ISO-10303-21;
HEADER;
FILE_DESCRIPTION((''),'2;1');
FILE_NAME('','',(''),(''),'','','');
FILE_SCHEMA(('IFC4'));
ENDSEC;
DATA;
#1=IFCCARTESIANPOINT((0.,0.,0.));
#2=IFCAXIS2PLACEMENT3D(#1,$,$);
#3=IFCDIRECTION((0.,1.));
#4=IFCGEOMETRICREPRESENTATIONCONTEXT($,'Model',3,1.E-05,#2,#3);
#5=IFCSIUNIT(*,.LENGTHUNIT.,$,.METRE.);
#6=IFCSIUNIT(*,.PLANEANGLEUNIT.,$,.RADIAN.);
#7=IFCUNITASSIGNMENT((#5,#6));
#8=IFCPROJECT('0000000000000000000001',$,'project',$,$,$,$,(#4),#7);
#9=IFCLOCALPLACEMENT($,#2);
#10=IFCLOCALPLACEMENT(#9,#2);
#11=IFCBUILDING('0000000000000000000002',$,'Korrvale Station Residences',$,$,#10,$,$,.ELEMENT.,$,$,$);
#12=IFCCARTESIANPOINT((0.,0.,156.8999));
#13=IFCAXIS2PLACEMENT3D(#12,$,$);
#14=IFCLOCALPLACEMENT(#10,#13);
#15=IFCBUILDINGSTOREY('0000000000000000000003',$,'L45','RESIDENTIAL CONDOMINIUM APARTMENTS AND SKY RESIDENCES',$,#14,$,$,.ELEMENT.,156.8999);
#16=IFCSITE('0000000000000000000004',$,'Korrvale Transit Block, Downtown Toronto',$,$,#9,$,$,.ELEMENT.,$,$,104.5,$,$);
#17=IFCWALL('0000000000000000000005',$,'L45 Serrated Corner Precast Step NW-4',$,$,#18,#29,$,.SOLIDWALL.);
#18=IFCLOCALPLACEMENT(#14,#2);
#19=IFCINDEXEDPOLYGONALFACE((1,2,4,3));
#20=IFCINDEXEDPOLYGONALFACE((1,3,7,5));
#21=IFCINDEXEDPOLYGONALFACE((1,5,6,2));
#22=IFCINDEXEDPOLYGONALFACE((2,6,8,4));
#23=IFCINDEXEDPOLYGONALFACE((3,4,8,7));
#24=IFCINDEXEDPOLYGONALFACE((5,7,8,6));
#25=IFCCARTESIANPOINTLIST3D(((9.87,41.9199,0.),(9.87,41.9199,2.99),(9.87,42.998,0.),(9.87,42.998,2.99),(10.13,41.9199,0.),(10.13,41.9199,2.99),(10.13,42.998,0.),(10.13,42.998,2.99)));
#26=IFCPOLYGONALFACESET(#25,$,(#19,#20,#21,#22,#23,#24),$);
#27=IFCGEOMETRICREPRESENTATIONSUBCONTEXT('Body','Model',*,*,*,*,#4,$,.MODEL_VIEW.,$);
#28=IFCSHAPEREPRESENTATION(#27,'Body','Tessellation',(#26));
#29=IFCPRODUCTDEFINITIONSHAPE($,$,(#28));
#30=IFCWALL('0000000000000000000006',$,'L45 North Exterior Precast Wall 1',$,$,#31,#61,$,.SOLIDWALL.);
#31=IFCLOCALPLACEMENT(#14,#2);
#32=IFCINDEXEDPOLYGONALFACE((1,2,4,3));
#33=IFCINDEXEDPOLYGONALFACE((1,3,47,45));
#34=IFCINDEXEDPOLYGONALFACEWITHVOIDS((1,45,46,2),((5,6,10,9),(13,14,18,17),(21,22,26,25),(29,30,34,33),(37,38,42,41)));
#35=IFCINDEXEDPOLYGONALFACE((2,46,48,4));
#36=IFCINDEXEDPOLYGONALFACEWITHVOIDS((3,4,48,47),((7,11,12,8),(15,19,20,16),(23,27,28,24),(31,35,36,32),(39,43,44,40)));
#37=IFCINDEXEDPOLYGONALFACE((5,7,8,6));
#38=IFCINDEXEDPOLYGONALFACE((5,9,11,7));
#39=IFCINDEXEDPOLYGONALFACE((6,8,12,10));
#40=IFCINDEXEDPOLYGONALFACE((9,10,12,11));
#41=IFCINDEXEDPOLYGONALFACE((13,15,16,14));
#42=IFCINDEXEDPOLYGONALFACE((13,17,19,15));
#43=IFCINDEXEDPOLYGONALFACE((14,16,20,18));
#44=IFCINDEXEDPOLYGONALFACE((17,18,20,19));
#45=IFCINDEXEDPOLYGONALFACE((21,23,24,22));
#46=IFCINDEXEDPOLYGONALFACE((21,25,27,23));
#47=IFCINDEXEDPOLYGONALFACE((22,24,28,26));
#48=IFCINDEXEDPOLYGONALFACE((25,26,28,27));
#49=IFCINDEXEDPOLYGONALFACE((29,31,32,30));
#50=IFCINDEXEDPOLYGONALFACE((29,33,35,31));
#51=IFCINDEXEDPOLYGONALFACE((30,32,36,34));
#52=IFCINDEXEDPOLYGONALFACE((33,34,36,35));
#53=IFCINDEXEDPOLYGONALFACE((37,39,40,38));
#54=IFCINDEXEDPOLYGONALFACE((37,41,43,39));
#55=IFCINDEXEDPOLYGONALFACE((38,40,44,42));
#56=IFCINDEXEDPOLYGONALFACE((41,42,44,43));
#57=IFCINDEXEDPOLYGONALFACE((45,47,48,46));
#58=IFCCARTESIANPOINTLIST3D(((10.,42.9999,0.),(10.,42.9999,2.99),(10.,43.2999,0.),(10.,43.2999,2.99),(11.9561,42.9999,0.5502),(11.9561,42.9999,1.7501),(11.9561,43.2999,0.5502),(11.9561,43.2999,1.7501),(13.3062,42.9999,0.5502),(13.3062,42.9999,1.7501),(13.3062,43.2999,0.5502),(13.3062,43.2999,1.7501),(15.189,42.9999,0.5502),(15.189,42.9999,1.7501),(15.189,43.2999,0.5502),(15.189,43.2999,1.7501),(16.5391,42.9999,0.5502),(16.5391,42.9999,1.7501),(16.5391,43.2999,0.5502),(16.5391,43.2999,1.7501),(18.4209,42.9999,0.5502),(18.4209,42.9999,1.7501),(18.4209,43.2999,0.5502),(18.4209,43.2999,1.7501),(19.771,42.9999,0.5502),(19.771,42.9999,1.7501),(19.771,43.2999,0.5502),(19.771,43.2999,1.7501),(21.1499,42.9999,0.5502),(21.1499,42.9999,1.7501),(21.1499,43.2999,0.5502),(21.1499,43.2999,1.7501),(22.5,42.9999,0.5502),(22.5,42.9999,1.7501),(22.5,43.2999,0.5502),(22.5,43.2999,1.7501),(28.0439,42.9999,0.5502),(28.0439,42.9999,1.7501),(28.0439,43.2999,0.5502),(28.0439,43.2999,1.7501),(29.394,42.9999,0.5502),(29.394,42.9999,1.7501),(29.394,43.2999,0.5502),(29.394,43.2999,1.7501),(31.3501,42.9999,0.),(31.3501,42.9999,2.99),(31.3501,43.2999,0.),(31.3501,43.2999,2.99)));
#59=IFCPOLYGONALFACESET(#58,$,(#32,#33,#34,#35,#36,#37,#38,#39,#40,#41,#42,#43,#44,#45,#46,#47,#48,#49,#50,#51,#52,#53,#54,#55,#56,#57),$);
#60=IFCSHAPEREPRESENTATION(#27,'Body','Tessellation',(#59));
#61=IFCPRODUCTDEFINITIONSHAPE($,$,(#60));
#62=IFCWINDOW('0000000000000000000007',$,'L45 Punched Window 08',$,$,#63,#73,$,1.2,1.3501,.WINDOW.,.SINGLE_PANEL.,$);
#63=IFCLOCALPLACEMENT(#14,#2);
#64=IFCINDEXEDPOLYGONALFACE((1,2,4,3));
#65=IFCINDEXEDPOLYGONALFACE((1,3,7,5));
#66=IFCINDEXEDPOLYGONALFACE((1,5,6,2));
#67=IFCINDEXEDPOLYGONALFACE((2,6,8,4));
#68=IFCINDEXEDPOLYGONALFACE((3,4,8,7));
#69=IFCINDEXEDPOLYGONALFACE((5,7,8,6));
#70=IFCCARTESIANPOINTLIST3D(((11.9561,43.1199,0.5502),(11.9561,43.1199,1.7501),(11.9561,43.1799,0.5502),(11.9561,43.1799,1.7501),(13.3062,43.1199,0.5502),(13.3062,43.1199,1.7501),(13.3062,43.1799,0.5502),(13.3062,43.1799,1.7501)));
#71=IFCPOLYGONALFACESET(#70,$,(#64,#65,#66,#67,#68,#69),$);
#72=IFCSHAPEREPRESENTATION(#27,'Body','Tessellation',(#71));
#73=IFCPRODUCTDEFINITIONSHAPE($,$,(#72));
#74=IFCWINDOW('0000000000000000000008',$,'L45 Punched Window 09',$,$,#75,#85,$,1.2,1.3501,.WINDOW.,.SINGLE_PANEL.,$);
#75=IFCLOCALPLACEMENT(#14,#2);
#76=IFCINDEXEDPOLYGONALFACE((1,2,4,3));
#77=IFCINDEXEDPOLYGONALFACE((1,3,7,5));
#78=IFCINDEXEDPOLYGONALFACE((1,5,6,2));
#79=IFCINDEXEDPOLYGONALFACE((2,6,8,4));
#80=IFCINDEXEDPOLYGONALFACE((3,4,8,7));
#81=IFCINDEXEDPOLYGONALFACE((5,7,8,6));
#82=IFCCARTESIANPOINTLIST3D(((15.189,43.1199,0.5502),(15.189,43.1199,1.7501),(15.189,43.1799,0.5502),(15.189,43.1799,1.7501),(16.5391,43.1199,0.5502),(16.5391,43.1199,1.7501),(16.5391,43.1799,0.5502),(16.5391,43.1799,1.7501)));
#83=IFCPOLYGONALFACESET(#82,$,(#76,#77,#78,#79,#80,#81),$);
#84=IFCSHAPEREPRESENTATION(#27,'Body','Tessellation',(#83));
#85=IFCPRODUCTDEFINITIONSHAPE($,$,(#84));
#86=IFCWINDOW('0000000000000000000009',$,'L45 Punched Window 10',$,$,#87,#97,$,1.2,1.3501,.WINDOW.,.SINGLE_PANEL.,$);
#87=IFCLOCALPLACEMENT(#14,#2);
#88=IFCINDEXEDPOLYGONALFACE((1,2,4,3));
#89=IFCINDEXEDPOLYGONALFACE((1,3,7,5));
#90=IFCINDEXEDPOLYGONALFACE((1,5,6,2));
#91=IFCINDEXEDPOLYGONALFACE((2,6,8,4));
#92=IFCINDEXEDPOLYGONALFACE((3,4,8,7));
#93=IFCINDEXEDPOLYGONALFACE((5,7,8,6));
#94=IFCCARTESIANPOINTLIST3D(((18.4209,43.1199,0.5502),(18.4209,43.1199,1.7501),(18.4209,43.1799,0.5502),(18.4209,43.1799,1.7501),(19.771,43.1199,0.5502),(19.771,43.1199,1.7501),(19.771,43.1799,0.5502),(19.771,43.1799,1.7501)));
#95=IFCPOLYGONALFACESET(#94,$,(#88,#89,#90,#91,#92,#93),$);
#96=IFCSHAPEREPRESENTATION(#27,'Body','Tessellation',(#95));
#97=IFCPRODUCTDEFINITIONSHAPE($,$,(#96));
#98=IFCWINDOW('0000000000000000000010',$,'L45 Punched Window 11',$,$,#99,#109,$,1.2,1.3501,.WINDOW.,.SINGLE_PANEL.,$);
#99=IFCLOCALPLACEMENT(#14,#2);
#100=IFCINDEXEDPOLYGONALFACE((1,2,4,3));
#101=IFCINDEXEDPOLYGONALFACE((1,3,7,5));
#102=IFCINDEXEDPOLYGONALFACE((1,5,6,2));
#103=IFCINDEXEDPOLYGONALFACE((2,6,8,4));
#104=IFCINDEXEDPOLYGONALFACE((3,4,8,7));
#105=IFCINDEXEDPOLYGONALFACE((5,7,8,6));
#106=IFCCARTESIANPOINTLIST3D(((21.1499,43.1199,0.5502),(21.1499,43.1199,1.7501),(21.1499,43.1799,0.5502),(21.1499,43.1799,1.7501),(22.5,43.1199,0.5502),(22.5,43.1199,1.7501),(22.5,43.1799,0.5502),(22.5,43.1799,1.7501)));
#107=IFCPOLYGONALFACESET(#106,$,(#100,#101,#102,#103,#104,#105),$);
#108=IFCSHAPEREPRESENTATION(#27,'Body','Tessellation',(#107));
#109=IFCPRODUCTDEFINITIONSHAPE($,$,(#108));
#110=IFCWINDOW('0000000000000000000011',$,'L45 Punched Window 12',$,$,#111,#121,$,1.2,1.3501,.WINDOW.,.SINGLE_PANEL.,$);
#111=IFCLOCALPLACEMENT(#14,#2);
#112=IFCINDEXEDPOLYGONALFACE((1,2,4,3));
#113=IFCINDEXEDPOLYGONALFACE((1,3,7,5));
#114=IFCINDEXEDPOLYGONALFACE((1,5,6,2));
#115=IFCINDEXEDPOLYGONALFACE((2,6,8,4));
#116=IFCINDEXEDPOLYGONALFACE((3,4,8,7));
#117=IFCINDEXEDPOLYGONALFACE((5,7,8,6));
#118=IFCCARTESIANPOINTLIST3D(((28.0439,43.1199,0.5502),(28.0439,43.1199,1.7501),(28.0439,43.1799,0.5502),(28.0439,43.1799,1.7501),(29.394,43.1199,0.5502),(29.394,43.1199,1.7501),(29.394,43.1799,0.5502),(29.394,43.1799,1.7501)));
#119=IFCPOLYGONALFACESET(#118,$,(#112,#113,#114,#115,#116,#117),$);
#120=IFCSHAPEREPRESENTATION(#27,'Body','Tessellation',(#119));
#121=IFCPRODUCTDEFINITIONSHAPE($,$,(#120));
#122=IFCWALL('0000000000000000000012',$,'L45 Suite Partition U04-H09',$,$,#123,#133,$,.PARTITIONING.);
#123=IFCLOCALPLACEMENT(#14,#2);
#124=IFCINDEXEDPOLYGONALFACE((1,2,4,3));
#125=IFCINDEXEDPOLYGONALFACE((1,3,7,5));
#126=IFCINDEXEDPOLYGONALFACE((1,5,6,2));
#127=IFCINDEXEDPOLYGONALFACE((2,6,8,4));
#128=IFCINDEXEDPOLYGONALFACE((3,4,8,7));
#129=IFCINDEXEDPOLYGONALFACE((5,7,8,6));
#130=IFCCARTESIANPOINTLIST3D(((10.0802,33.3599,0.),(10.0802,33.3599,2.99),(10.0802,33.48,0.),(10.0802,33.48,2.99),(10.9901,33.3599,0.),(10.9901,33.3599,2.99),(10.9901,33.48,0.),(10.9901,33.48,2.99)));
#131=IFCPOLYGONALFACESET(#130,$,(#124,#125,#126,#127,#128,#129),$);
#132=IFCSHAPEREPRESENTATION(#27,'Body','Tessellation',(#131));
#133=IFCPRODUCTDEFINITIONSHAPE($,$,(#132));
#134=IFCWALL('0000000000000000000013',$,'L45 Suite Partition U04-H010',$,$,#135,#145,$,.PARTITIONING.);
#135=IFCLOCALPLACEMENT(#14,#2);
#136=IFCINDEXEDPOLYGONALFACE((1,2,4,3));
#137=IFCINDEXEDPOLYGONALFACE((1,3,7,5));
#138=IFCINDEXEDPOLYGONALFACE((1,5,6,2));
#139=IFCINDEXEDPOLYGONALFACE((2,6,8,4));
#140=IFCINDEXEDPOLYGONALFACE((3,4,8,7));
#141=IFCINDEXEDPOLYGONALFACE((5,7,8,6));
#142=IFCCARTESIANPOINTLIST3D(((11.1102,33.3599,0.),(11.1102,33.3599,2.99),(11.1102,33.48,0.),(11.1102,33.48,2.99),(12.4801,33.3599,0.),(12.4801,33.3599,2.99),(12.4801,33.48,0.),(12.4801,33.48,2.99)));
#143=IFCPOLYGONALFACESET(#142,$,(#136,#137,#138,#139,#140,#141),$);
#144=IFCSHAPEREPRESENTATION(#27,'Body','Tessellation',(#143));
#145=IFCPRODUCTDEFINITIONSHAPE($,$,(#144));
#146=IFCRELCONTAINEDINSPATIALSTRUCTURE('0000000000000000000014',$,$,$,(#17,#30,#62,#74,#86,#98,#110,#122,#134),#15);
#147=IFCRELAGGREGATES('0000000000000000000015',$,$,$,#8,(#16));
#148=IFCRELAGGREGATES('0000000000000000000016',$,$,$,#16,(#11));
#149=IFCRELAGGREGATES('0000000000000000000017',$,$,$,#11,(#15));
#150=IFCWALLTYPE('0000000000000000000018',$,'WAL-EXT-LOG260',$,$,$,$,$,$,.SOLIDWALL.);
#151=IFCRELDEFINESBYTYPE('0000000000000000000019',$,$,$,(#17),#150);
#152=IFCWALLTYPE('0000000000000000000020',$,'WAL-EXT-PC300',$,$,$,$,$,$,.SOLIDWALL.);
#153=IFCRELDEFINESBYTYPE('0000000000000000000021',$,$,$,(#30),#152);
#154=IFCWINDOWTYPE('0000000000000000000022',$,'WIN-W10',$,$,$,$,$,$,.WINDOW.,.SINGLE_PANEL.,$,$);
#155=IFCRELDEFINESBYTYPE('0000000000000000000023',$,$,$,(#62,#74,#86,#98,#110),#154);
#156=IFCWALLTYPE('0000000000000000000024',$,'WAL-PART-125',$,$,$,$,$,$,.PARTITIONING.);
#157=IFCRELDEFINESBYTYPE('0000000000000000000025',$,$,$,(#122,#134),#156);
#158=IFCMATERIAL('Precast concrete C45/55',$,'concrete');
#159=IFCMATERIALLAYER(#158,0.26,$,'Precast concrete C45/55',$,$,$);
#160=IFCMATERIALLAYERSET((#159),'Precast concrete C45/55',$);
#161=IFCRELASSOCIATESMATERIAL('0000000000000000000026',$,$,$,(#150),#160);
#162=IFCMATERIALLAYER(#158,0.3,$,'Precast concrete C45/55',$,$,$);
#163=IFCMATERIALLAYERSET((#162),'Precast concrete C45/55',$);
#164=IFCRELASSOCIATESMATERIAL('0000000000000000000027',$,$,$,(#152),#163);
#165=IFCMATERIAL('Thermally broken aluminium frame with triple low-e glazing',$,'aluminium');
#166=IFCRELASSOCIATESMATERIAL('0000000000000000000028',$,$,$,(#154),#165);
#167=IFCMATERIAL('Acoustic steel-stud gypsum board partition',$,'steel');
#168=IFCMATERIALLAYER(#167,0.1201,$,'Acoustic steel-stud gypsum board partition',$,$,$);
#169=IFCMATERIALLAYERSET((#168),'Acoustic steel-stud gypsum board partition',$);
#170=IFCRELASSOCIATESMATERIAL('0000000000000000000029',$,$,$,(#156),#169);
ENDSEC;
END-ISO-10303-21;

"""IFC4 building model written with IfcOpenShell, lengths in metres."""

from ifc_helpers import new_model, si_unit, direction, frame, frame_2d, origin, place, context, subcontext, project, spatial, rectangle, extrude, material, layer, layer_set, type_object, element, fill, save


model = new_model("IFC4")

# Units and contexts
model_context = context("Model", 3, precision=1e-05, world=origin(), true_north=direction((0.0, 1.0)))
body_context = subcontext(model_context, "Body", "Model", "MODEL_VIEW")
ifc_project = project(units=[si_unit("LENGTHUNIT", "METRE"), si_unit("PLANEANGLEUNIT", "RADIAN")], contexts=[model_context])

# Site, building, storey
site_placement = place(None, origin())
site = spatial("IfcSite", under=ifc_project, at=site_placement, Name="Korrvale Transit Block, Downtown Toronto", CompositionType="ELEMENT", RefElevation=104.5)
building_placement = place(site_placement, origin())
building = spatial("IfcBuilding", under=site, at=building_placement, Name="Korrvale Station Residences", CompositionType="ELEMENT")
storey_placement = place(building_placement, frame((0.0, 0.0, 156.8999)))
storey = spatial("IfcBuildingStorey", under=building, at=storey_placement, Name="L45", Description="RESIDENTIAL CONDOMINIUM APARTMENTS AND SKY RESIDENCES", CompositionType="ELEMENT", Elevation=156.8999)

# Wall
ifc_material_1 = material(Name="Precast concrete C45/55", Category="concrete")
ifc_layer_1 = layer(ifc_material_1, 0.26, Name="Precast concrete C45/55")
ifc_layer_set_1 = layer_set([ifc_layer_1], Name="Precast concrete C45/55")
wall_type_1 = type_object("IfcWallType", Name="WAL-EXT-LOG260", PredefinedType="SOLIDWALL", material=ifc_layer_set_1)
wall_1_placement = place(storey_placement, frame((10.0, 41.9199, 0.0), z_axis=(0.0, 0.0, 1.0), x_axis=(0.0, 1.0, 0.0)))
element("IfcWall", 1, at=wall_1_placement, inside=storey, type_object=wall_type_1, Name="L45 Serrated Corner Precast Step NW-4", PredefinedType="SOLIDWALL", context=body_context, shape_type="SweptSolid", body=[
    extrude(rectangle(XDim=1.0781, YDim=0.26, at=frame_2d((0.5391, 0.0))), origin(), (0.0, 0.0, 1.0), 2.99),
])

# Wall, openings, windows
ifc_layer_2 = layer(ifc_material_1, 0.3, Name="Precast concrete C45/55")
ifc_layer_set_2 = layer_set([ifc_layer_2], Name="Precast concrete C45/55")
wall_type_2 = type_object("IfcWallType", Name="WAL-EXT-PC300", PredefinedType="SOLIDWALL", material=ifc_layer_set_2)
wall_2_placement = place(storey_placement, frame((10.0, 43.1499, 0.0), z_axis=(0.0, 0.0, 1.0), x_axis=(1.0, 0.0, 0.0)))
wall_2 = element("IfcWall", 2, at=wall_2_placement, inside=storey, type_object=wall_type_2, Name="L45 North Exterior Precast Wall 1", PredefinedType="SOLIDWALL", context=body_context, shape_type="SweptSolid", body=[
    extrude(rectangle(XDim=21.3501, YDim=0.3, at=frame_2d((10.675, 0.0))), origin(), (0.0, 0.0, 1.0), 2.99),
])
opening_1_placement = place(wall_2_placement, frame((1.9561, 0.0, 0.55)))
opening_1 = element("IfcOpeningElement", 3, at=opening_1_placement, cuts=wall_2, PredefinedType="OPENING", context=body_context, shape_type="SweptSolid", body=[
    extrude(rectangle(XDim=1.3501, YDim=1.2, at=frame_2d((0.675, 0.6001))), frame((0.0, 0.1602, 0.0), z_axis=(0.0, -1.0, 0.0), x_axis=(1.0, 0.0, 0.0)), (0.0, 0.0, 1.0), 0.3201),
])
opening_2_placement = place(wall_2_placement, frame((5.189, 0.0, 0.55)))
opening_2 = element("IfcOpeningElement", 4, at=opening_2_placement, cuts=wall_2, PredefinedType="OPENING", context=body_context, shape_type="SweptSolid", body=[
    extrude(rectangle(XDim=1.3501, YDim=1.2, at=frame_2d((0.675, 0.6001))), frame((0.0, 0.1602, 0.0), z_axis=(0.0, -1.0, 0.0), x_axis=(1.0, 0.0, 0.0)), (0.0, 0.0, 1.0), 0.3201),
])
opening_3_placement = place(wall_2_placement, frame((8.4209, 0.0, 0.55)))
opening_3 = element("IfcOpeningElement", 5, at=opening_3_placement, cuts=wall_2, PredefinedType="OPENING", context=body_context, shape_type="SweptSolid", body=[
    extrude(rectangle(XDim=1.3501, YDim=1.2, at=frame_2d((0.675, 0.6001))), frame((0.0, 0.1602, 0.0), z_axis=(0.0, -1.0, 0.0), x_axis=(1.0, 0.0, 0.0)), (0.0, 0.0, 1.0), 0.3201),
])
opening_4_placement = place(wall_2_placement, frame((11.1499, 0.0, 0.55)))
opening_4 = element("IfcOpeningElement", 6, at=opening_4_placement, cuts=wall_2, PredefinedType="OPENING", context=body_context, shape_type="SweptSolid", body=[
    extrude(rectangle(XDim=1.3501, YDim=1.2, at=frame_2d((0.675, 0.6001))), frame((0.0, 0.1602, 0.0), z_axis=(0.0, -1.0, 0.0), x_axis=(1.0, 0.0, 0.0)), (0.0, 0.0, 1.0), 0.3201),
])
opening_5_placement = place(wall_2_placement, frame((18.0439, 0.0, 0.55)))
opening_5 = element("IfcOpeningElement", 7, at=opening_5_placement, cuts=wall_2, PredefinedType="OPENING", context=body_context, shape_type="SweptSolid", body=[
    extrude(rectangle(XDim=1.3501, YDim=1.2, at=frame_2d((0.675, 0.6001))), frame((0.0, 0.1602, 0.0), z_axis=(0.0, -1.0, 0.0), x_axis=(1.0, 0.0, 0.0)), (0.0, 0.0, 1.0), 0.3201),
])
ifc_material_2 = material(Name="Thermally broken aluminium frame with triple low-e glazing", Category="aluminium")
window_type = type_object("IfcWindowType", Name="WIN-W10", PartitioningType="SINGLE_PANEL", PredefinedType="WINDOW", material=ifc_material_2)
window_1_placement = place(opening_1_placement, origin())
window_1 = element("IfcWindow", 8, at=window_1_placement, inside=storey, type_object=window_type, Name="L45 Punched Window 08", OverallHeight=1.2, OverallWidth=1.3501, PartitioningType="SINGLE_PANEL", PredefinedType="WINDOW", context=body_context, shape_type="SweptSolid", body=[
    extrude(rectangle(XDim=1.3501, YDim=1.2, at=frame_2d((0.675, 0.6001))), frame((0.0, 0.03, 0.0), z_axis=(0.0, -1.0, 0.0), x_axis=(1.0, 0.0, 0.0)), (0.0, 0.0, 1.0), 0.0601),
])
fill(opening_1, window_1)
window_2_placement = place(opening_2_placement, origin())
window_2 = element("IfcWindow", 9, at=window_2_placement, inside=storey, type_object=window_type, Name="L45 Punched Window 09", OverallHeight=1.2, OverallWidth=1.3501, PartitioningType="SINGLE_PANEL", PredefinedType="WINDOW", context=body_context, shape_type="SweptSolid", body=[
    extrude(rectangle(XDim=1.3501, YDim=1.2, at=frame_2d((0.675, 0.6001))), frame((0.0, 0.03, 0.0), z_axis=(0.0, -1.0, 0.0), x_axis=(1.0, 0.0, 0.0)), (0.0, 0.0, 1.0), 0.0601),
])
fill(opening_2, window_2)
window_3_placement = place(opening_3_placement, origin())
window_3 = element("IfcWindow", 10, at=window_3_placement, inside=storey, type_object=window_type, Name="L45 Punched Window 10", OverallHeight=1.2, OverallWidth=1.3501, PartitioningType="SINGLE_PANEL", PredefinedType="WINDOW", context=body_context, shape_type="SweptSolid", body=[
    extrude(rectangle(XDim=1.3501, YDim=1.2, at=frame_2d((0.675, 0.6001))), frame((0.0, 0.03, 0.0), z_axis=(0.0, -1.0, 0.0), x_axis=(1.0, 0.0, 0.0)), (0.0, 0.0, 1.0), 0.0601),
])
fill(opening_3, window_3)
window_4_placement = place(opening_4_placement, origin())
window_4 = element("IfcWindow", 11, at=window_4_placement, inside=storey, type_object=window_type, Name="L45 Punched Window 11", OverallHeight=1.2, OverallWidth=1.3501, PartitioningType="SINGLE_PANEL", PredefinedType="WINDOW", context=body_context, shape_type="SweptSolid", body=[
    extrude(rectangle(XDim=1.3501, YDim=1.2, at=frame_2d((0.675, 0.6001))), frame((0.0, 0.03, 0.0), z_axis=(0.0, -1.0, 0.0), x_axis=(1.0, 0.0, 0.0)), (0.0, 0.0, 1.0), 0.0601),
])
fill(opening_4, window_4)
window_5_placement = place(opening_5_placement, origin())
window_5 = element("IfcWindow", 12, at=window_5_placement, inside=storey, type_object=window_type, Name="L45 Punched Window 12", OverallHeight=1.2, OverallWidth=1.3501, PartitioningType="SINGLE_PANEL", PredefinedType="WINDOW", context=body_context, shape_type="SweptSolid", body=[
    extrude(rectangle(XDim=1.3501, YDim=1.2, at=frame_2d((0.675, 0.6001))), frame((0.0, 0.03, 0.0), z_axis=(0.0, -1.0, 0.0), x_axis=(1.0, 0.0, 0.0)), (0.0, 0.0, 1.0), 0.0601),
])
fill(opening_5, window_5)

# Walls
ifc_material_3 = material(Name="Acoustic steel-stud gypsum board partition", Category="steel")
ifc_layer_3 = layer(ifc_material_3, 0.1201, Name="Acoustic steel-stud gypsum board partition")
ifc_layer_set_3 = layer_set([ifc_layer_3], Name="Acoustic steel-stud gypsum board partition")
wall_type_3 = type_object("IfcWallType", Name="WAL-PART-125", PredefinedType="PARTITIONING", material=ifc_layer_set_3)
wall_3_placement = place(storey_placement, frame((10.0801, 33.4199, 0.0), z_axis=(0.0, 0.0, 1.0), x_axis=(1.0, 0.0, 0.0)))
element("IfcWall", 13, at=wall_3_placement, inside=storey, type_object=wall_type_3, Name="L45 Suite Partition U04-H09", PredefinedType="PARTITIONING", context=body_context, shape_type="SweptSolid", body=[
    extrude(rectangle(XDim=0.9099, YDim=0.1201, at=frame_2d((0.4551, 0.0))), origin(), (0.0, 0.0, 1.0), 2.99),
])
wall_4_placement = place(storey_placement, frame((11.1101, 33.4199, 0.0), z_axis=(0.0, 0.0, 1.0), x_axis=(1.0, 0.0, 0.0)))
element("IfcWall", 14, at=wall_4_placement, inside=storey, type_object=wall_type_3, Name="L45 Suite Partition U04-H010", PredefinedType="PARTITIONING", context=body_context, shape_type="SweptSolid", body=[
    extrude(rectangle(XDim=1.3699, YDim=0.1201, at=frame_2d((0.6851, 0.0))), origin(), (0.0, 0.0, 1.0), 2.99),
])

save(model, "model.ifc")
